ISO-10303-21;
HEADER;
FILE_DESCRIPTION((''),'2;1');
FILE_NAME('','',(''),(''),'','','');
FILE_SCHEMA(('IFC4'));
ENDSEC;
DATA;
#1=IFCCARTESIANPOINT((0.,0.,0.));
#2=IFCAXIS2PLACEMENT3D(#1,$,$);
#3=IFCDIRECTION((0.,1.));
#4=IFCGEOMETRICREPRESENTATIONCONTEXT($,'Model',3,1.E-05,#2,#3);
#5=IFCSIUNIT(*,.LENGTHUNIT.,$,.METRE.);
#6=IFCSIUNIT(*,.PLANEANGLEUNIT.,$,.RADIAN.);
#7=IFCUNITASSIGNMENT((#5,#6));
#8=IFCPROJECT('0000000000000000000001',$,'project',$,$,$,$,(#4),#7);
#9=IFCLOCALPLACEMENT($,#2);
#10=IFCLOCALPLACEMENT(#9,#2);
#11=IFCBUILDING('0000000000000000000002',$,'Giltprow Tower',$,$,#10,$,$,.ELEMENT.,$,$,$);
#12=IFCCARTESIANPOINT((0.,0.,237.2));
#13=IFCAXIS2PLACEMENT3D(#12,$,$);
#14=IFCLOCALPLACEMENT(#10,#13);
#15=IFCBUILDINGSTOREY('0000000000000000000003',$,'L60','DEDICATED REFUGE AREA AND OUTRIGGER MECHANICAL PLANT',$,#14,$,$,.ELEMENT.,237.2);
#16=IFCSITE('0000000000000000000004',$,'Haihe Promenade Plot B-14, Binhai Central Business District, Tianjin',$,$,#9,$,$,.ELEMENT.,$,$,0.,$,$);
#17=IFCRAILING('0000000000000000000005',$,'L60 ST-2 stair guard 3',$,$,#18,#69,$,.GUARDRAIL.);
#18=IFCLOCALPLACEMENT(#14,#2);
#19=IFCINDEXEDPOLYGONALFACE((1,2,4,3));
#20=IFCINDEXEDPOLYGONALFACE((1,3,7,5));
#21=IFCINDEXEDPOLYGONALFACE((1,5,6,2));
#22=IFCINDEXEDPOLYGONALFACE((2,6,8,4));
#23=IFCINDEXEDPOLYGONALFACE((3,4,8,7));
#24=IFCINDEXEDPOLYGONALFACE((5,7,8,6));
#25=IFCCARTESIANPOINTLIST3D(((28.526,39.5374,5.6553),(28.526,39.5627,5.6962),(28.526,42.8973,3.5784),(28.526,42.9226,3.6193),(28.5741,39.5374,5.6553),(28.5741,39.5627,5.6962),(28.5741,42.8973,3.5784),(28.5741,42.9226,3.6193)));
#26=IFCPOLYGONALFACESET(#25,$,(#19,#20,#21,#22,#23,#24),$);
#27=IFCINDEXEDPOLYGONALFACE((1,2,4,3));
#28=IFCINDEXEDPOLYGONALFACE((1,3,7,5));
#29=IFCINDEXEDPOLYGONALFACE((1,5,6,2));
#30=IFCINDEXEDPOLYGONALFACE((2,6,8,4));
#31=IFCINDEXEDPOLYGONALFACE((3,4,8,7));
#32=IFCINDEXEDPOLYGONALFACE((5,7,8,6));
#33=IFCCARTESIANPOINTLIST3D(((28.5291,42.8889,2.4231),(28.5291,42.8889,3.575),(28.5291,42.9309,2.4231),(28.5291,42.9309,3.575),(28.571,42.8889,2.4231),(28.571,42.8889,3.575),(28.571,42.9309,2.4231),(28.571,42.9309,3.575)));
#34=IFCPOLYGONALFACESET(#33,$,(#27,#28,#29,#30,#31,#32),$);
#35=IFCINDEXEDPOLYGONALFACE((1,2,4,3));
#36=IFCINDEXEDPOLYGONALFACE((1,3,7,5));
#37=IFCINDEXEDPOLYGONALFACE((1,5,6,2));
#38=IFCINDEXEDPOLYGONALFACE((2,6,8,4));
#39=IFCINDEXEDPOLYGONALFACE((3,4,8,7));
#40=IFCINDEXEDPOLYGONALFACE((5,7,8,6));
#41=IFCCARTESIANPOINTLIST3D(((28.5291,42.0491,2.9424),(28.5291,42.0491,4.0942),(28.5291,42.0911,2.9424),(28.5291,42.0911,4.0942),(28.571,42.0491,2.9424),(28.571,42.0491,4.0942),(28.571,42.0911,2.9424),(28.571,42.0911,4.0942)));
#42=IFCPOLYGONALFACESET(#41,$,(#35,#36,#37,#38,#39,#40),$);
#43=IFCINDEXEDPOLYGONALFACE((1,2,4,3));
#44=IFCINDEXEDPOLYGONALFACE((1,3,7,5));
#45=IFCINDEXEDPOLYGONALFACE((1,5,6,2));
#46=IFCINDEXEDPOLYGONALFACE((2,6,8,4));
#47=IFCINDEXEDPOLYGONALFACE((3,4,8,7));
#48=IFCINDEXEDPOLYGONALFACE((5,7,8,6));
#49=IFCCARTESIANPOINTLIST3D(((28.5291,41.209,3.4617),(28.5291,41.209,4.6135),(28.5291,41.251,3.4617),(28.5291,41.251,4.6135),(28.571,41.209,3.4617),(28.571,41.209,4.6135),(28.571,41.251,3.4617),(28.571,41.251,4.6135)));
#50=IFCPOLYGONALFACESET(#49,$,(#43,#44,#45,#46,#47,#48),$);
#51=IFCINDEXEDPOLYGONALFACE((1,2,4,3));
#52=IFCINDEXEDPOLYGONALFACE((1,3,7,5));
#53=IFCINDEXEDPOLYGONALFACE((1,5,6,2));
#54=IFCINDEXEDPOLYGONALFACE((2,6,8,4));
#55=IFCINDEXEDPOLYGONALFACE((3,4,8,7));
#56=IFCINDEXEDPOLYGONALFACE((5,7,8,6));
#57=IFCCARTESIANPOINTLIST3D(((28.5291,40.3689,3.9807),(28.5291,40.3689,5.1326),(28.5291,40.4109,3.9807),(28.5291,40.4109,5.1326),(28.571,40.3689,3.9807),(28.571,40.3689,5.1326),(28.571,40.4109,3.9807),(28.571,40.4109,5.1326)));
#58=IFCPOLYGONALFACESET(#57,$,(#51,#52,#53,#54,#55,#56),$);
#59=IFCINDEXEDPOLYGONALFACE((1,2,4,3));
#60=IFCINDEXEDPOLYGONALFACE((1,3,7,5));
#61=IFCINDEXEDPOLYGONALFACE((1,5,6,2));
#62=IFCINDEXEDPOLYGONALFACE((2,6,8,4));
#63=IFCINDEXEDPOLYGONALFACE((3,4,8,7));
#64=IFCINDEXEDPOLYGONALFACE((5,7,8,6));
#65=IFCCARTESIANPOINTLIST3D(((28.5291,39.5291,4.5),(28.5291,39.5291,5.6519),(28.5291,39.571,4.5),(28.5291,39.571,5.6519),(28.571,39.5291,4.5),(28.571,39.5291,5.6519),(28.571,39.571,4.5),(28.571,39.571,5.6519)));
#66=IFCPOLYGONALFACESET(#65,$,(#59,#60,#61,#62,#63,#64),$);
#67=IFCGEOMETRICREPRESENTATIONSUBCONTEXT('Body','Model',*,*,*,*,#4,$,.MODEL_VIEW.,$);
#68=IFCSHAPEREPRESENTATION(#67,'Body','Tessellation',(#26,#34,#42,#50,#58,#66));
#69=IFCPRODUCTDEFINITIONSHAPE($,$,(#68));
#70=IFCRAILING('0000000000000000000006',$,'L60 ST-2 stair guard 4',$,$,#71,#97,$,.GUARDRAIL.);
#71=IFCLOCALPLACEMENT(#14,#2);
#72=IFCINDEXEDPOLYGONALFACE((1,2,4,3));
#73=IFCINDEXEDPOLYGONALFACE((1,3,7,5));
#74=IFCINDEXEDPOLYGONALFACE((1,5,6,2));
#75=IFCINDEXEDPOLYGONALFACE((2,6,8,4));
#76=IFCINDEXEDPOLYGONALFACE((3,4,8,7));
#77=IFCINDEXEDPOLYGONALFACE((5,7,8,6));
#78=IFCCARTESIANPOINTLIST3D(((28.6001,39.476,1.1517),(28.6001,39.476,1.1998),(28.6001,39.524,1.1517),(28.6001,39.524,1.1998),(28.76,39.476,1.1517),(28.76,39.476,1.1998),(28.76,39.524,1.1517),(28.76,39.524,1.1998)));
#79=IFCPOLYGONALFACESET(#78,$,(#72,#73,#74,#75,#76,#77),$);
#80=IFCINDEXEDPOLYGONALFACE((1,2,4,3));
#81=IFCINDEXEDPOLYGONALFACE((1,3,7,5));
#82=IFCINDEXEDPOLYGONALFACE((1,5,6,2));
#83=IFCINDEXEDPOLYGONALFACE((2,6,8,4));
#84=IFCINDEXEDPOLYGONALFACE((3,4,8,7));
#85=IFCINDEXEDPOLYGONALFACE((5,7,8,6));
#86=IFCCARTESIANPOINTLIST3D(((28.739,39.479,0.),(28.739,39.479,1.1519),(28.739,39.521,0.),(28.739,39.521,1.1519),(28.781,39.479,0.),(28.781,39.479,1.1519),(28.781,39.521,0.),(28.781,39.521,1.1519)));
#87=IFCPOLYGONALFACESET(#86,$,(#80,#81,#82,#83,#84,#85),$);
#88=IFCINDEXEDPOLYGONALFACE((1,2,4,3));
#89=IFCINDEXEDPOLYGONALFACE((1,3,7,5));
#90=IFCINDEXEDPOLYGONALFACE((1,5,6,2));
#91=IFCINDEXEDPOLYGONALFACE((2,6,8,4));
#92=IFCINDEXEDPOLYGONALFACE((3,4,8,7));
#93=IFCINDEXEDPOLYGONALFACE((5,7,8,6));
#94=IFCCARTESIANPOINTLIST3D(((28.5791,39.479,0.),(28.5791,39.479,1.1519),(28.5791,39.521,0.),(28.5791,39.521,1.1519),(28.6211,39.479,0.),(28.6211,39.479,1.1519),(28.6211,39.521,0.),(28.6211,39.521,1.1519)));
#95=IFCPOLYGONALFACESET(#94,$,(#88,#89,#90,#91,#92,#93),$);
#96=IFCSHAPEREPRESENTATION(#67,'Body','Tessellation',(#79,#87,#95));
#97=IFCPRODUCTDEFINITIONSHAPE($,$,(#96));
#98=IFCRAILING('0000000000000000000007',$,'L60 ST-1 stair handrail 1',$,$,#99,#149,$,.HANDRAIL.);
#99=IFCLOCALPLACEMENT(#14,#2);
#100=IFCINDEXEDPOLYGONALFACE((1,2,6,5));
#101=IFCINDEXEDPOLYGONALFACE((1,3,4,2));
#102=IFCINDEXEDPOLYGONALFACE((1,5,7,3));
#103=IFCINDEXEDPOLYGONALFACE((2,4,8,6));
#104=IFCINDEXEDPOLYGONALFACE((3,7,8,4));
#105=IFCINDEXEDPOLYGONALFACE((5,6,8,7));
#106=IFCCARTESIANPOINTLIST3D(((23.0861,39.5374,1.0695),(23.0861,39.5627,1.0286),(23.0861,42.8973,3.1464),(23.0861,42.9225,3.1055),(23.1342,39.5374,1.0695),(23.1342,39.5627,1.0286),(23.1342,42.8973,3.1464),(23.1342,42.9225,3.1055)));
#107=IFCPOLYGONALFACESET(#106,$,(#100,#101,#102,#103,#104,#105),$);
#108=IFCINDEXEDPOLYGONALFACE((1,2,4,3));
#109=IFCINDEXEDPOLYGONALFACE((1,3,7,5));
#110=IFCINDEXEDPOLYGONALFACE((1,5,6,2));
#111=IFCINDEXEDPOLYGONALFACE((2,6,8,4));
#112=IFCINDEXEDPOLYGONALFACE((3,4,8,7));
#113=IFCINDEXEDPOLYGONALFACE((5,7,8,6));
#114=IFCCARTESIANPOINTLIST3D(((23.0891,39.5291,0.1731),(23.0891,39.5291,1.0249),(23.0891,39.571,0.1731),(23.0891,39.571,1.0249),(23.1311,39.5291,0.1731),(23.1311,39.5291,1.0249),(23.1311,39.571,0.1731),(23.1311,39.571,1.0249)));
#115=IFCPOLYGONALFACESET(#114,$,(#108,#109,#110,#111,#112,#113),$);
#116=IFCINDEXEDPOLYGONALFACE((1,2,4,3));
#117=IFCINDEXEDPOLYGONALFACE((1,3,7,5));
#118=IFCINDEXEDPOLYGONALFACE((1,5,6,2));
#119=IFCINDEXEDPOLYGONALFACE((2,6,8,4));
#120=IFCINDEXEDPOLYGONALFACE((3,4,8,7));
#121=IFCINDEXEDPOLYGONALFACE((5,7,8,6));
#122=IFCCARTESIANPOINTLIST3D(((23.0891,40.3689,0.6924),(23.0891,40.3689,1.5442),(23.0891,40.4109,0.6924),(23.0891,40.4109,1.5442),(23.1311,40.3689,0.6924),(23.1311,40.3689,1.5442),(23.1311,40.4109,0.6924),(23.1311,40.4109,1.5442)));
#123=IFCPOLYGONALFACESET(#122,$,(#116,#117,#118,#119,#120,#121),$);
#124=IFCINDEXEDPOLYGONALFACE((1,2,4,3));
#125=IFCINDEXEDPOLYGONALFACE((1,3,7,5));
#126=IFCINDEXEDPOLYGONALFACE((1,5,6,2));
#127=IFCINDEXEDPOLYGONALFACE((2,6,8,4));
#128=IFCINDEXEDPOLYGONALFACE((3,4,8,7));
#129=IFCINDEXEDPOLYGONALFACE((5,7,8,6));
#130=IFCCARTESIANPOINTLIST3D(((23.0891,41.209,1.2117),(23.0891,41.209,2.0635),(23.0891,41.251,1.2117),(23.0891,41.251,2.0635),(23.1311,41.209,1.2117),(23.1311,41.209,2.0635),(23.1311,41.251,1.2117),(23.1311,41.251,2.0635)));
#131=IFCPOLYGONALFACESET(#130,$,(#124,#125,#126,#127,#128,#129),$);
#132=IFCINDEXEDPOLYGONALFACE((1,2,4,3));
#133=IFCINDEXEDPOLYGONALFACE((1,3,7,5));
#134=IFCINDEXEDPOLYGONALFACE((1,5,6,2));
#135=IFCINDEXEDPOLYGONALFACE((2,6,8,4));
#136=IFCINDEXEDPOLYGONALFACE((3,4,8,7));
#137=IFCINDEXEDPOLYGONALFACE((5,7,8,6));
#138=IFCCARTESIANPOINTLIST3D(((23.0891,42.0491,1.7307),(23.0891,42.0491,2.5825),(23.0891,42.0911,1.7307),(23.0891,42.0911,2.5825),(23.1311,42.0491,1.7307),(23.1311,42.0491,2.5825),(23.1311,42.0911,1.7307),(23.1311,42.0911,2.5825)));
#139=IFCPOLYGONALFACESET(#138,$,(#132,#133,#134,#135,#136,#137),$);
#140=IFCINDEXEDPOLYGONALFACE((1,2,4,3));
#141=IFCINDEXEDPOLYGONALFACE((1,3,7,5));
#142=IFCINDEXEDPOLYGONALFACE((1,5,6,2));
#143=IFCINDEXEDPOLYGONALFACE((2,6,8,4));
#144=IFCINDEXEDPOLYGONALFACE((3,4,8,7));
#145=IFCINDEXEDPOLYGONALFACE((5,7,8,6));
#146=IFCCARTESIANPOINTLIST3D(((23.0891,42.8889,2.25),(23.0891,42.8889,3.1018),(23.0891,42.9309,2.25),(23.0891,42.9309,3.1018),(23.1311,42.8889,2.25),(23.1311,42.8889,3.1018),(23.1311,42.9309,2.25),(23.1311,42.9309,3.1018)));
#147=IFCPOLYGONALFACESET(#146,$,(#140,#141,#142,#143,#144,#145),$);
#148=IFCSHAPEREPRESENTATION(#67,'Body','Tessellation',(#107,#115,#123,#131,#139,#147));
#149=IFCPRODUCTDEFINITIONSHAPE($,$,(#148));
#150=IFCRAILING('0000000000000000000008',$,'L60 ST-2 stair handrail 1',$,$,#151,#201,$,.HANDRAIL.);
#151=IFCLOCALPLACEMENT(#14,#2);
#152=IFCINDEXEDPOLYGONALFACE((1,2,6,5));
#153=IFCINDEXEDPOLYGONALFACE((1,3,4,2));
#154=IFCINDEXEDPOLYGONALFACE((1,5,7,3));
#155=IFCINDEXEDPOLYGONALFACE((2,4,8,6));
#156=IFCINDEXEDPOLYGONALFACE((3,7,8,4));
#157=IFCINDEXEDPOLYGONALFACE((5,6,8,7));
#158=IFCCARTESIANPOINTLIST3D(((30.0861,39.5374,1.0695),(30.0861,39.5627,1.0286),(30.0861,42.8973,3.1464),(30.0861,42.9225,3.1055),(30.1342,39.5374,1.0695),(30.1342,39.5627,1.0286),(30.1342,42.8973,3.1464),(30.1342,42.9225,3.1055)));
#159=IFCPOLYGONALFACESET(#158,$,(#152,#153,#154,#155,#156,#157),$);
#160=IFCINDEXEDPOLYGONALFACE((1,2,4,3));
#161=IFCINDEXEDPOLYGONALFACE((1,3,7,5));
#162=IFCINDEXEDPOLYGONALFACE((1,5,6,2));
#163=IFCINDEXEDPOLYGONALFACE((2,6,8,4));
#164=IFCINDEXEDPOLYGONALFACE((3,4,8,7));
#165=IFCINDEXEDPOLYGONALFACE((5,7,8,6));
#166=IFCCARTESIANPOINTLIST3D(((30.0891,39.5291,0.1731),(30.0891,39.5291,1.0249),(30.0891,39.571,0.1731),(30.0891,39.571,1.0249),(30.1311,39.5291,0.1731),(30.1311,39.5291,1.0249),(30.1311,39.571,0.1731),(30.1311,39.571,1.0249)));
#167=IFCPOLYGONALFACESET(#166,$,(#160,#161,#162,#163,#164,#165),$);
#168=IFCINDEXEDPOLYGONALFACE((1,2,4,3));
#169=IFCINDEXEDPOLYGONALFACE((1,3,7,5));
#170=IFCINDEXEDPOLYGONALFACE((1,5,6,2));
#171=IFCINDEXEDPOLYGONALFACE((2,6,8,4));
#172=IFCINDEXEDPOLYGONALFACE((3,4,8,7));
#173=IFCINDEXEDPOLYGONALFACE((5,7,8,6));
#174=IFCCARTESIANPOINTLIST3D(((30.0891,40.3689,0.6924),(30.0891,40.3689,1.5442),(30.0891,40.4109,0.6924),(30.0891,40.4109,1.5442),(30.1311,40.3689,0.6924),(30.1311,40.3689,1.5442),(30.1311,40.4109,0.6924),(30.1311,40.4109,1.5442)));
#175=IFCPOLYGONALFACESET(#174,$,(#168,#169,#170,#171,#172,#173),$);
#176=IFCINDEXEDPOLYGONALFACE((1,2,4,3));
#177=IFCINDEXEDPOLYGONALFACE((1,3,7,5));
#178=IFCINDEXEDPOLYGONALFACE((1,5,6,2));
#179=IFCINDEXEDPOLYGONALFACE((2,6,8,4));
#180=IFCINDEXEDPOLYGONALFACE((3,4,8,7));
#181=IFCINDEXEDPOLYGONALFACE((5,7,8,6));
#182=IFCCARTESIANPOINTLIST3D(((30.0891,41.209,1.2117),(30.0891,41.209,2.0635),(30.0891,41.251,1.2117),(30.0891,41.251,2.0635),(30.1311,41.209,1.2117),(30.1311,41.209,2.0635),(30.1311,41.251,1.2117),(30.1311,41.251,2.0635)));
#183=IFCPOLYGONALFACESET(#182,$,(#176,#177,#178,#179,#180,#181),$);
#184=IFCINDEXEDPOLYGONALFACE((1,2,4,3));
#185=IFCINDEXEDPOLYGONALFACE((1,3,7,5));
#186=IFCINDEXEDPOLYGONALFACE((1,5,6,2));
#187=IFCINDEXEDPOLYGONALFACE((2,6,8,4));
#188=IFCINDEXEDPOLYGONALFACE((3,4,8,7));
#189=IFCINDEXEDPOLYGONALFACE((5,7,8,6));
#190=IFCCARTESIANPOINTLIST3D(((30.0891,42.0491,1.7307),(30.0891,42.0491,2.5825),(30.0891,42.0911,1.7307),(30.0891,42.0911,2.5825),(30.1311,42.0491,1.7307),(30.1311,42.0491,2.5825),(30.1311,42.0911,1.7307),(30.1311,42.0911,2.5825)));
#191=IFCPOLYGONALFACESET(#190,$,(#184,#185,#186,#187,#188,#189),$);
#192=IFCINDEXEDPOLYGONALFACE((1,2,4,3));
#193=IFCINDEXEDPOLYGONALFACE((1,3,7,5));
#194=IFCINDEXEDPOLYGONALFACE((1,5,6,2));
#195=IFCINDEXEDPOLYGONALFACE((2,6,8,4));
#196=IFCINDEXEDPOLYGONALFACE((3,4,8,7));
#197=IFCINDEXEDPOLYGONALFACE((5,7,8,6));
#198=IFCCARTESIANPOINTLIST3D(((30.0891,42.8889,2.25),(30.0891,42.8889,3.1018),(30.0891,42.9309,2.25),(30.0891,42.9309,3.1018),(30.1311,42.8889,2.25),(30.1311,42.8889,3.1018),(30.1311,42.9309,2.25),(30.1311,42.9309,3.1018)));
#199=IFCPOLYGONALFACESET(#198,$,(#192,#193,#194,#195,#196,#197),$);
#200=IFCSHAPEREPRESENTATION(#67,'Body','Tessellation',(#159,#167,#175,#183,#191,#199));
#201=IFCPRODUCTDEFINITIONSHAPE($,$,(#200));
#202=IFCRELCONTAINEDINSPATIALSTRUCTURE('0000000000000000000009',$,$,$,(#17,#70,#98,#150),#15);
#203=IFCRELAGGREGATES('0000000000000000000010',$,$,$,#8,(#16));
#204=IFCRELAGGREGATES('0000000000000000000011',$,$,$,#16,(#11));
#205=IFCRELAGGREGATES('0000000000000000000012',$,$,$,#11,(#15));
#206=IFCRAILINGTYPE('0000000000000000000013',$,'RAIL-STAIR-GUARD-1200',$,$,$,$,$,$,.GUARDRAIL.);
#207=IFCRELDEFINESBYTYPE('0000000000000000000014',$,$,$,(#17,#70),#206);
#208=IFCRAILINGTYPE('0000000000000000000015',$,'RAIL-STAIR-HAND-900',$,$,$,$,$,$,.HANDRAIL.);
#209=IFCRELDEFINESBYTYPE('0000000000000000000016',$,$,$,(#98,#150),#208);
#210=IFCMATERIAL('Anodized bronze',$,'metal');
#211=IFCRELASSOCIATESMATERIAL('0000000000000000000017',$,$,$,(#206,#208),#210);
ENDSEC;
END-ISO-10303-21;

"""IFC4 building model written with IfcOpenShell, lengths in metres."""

from ifc_helpers import new_model, si_unit, direction, frame, origin, origin_2d, place, context, subcontext, project, spatial, rectangle, extrude, material, type_object, element, save


model = new_model("IFC4")

# Units and contexts
model_context = context("Model", 3, precision=1e-05, world=origin(), true_north=direction((0.0, 1.0)))
body_context = subcontext(model_context, "Body", "Model", "MODEL_VIEW")
ifc_project = project(units=[si_unit("LENGTHUNIT", "METRE"), si_unit("PLANEANGLEUNIT", "RADIAN")], contexts=[model_context])

# Site, building, storey
site_placement = place(None, origin())
site = spatial("IfcSite", under=ifc_project, at=site_placement, Name="Haihe Promenade Plot B-14, Binhai Central Business District, Tianjin", CompositionType="ELEMENT", RefElevation=0.0)
building_placement = place(site_placement, origin())
building = spatial("IfcBuilding", under=site, at=building_placement, Name="Giltprow Tower", CompositionType="ELEMENT")
storey_placement = place(building_placement, frame((0.0, 0.0, 237.2)))
storey = spatial("IfcBuildingStorey", under=building, at=storey_placement, Name="L60", Description="DEDICATED REFUGE AREA AND OUTRIGGER MECHANICAL PLANT", CompositionType="ELEMENT", Elevation=237.2)

# Railings
ifc_material_1 = material(Name="Anodized bronze", Category="metal")
railing_type_1 = type_object("IfcRailingType", Name="RAIL-STAIR-GUARD-1200", PredefinedType="GUARDRAIL", material=ifc_material_1)
railing_1_placement = place(storey_placement, frame((28.55, 42.9099, 2.4231)))
element("IfcRailing", 1, at=railing_1_placement, inside=storey, type_object=railing_type_1, Name="L60 ST-2 stair guard 3", PredefinedType="GUARDRAIL", context=body_context, shape_type="SweptSolid", body=[
    extrude(rectangle(XDim=0.0481, YDim=0.0481, at=origin_2d()), frame((0.0, 0.0, 1.1758), z_axis=(0.0, -0.850606, 0.525803), x_axis=(1.0, 0.0, 0.0)), (0.0, 0.0, 1.0), 3.95),
    extrude(rectangle(XDim=0.042, YDim=0.042, at=origin_2d()), origin(), (0.0, 0.0, 1.0), 1.1519),
    extrude(rectangle(XDim=0.042, YDim=0.042, at=origin_2d()), frame((0.0, -0.8398, 0.5193)), (0.0, 0.0, 1.0), 1.1519),
    extrude(rectangle(XDim=0.042, YDim=0.042, at=origin_2d()), frame((0.0, -1.6799, 1.0386)), (0.0, 0.0, 1.0), 1.1519),
    extrude(rectangle(XDim=0.042, YDim=0.042, at=origin_2d()), frame((0.0, -2.52, 1.5576)), (0.0, 0.0, 1.0), 1.1519),
    extrude(rectangle(XDim=0.042, YDim=0.042, at=origin_2d()), frame((0.0, -3.3599, 2.0769)), (0.0, 0.0, 1.0), 1.1519),
])
railing_2_placement = place(storey_placement, frame((28.76, 39.5, 0.0)))
element("IfcRailing", 2, at=railing_2_placement, inside=storey, type_object=railing_type_1, Name="L60 ST-2 stair guard 4", PredefinedType="GUARDRAIL", context=body_context, shape_type="SweptSolid", body=[
    extrude(rectangle(XDim=0.0481, YDim=0.0481, at=origin_2d()), frame((0.0, 0.0, 1.1758), z_axis=(-1.0, 0.0, 0.0), x_axis=(0.0, -1.0, 0.0)), (0.0, 0.0, 1.0), 0.1599),
    extrude(rectangle(XDim=0.042, YDim=0.042, at=origin_2d()), origin(), (0.0, 0.0, 1.0), 1.1519),
    extrude(rectangle(XDim=0.042, YDim=0.042, at=origin_2d()), frame((-0.1599, 0.0, 0.0)), (0.0, 0.0, 1.0), 1.1519),
])
railing_type_2 = type_object("IfcRailingType", Name="RAIL-STAIR-HAND-900", PredefinedType="HANDRAIL", material=ifc_material_1)
for number, where, name in (
    (3, (23.1101, 39.55, 0.1731), "L60 ST-1 stair handrail 1"),
    (4, (30.1101, 39.55, 0.1731), "L60 ST-2 stair handrail 1"),
):
    element("IfcRailing", number, at=place(storey_placement, frame(where)), inside=storey, type_object=railing_type_2, Name=name, PredefinedType="HANDRAIL", context=body_context, shape_type="SweptSolid", body=[
        extrude(rectangle(XDim=0.0481, YDim=0.0481, at=origin_2d()), frame((0.0, 0.0, 0.876), z_axis=(0.0, 0.850606, 0.525803), x_axis=(-1.0, 0.0, 0.0)), (0.0, 0.0, 1.0), 3.95),
        extrude(rectangle(XDim=0.042, YDim=0.042, at=origin_2d()), origin(), (0.0, 0.0, 1.0), 0.8518),
        extrude(rectangle(XDim=0.042, YDim=0.042, at=origin_2d()), frame((0.0, 0.8398, 0.5193)), (0.0, 0.0, 1.0), 0.8518),
        extrude(rectangle(XDim=0.042, YDim=0.042, at=origin_2d()), frame((0.0, 1.6799, 1.0386)), (0.0, 0.0, 1.0), 0.8518),
        extrude(rectangle(XDim=0.042, YDim=0.042, at=origin_2d()), frame((0.0, 2.52, 1.5576)), (0.0, 0.0, 1.0), 0.8518),
        extrude(rectangle(XDim=0.042, YDim=0.042, at=origin_2d()), frame((0.0, 3.3599, 2.0769)), (0.0, 0.0, 1.0), 0.8518),
    ])

save(model, "model.ifc")
